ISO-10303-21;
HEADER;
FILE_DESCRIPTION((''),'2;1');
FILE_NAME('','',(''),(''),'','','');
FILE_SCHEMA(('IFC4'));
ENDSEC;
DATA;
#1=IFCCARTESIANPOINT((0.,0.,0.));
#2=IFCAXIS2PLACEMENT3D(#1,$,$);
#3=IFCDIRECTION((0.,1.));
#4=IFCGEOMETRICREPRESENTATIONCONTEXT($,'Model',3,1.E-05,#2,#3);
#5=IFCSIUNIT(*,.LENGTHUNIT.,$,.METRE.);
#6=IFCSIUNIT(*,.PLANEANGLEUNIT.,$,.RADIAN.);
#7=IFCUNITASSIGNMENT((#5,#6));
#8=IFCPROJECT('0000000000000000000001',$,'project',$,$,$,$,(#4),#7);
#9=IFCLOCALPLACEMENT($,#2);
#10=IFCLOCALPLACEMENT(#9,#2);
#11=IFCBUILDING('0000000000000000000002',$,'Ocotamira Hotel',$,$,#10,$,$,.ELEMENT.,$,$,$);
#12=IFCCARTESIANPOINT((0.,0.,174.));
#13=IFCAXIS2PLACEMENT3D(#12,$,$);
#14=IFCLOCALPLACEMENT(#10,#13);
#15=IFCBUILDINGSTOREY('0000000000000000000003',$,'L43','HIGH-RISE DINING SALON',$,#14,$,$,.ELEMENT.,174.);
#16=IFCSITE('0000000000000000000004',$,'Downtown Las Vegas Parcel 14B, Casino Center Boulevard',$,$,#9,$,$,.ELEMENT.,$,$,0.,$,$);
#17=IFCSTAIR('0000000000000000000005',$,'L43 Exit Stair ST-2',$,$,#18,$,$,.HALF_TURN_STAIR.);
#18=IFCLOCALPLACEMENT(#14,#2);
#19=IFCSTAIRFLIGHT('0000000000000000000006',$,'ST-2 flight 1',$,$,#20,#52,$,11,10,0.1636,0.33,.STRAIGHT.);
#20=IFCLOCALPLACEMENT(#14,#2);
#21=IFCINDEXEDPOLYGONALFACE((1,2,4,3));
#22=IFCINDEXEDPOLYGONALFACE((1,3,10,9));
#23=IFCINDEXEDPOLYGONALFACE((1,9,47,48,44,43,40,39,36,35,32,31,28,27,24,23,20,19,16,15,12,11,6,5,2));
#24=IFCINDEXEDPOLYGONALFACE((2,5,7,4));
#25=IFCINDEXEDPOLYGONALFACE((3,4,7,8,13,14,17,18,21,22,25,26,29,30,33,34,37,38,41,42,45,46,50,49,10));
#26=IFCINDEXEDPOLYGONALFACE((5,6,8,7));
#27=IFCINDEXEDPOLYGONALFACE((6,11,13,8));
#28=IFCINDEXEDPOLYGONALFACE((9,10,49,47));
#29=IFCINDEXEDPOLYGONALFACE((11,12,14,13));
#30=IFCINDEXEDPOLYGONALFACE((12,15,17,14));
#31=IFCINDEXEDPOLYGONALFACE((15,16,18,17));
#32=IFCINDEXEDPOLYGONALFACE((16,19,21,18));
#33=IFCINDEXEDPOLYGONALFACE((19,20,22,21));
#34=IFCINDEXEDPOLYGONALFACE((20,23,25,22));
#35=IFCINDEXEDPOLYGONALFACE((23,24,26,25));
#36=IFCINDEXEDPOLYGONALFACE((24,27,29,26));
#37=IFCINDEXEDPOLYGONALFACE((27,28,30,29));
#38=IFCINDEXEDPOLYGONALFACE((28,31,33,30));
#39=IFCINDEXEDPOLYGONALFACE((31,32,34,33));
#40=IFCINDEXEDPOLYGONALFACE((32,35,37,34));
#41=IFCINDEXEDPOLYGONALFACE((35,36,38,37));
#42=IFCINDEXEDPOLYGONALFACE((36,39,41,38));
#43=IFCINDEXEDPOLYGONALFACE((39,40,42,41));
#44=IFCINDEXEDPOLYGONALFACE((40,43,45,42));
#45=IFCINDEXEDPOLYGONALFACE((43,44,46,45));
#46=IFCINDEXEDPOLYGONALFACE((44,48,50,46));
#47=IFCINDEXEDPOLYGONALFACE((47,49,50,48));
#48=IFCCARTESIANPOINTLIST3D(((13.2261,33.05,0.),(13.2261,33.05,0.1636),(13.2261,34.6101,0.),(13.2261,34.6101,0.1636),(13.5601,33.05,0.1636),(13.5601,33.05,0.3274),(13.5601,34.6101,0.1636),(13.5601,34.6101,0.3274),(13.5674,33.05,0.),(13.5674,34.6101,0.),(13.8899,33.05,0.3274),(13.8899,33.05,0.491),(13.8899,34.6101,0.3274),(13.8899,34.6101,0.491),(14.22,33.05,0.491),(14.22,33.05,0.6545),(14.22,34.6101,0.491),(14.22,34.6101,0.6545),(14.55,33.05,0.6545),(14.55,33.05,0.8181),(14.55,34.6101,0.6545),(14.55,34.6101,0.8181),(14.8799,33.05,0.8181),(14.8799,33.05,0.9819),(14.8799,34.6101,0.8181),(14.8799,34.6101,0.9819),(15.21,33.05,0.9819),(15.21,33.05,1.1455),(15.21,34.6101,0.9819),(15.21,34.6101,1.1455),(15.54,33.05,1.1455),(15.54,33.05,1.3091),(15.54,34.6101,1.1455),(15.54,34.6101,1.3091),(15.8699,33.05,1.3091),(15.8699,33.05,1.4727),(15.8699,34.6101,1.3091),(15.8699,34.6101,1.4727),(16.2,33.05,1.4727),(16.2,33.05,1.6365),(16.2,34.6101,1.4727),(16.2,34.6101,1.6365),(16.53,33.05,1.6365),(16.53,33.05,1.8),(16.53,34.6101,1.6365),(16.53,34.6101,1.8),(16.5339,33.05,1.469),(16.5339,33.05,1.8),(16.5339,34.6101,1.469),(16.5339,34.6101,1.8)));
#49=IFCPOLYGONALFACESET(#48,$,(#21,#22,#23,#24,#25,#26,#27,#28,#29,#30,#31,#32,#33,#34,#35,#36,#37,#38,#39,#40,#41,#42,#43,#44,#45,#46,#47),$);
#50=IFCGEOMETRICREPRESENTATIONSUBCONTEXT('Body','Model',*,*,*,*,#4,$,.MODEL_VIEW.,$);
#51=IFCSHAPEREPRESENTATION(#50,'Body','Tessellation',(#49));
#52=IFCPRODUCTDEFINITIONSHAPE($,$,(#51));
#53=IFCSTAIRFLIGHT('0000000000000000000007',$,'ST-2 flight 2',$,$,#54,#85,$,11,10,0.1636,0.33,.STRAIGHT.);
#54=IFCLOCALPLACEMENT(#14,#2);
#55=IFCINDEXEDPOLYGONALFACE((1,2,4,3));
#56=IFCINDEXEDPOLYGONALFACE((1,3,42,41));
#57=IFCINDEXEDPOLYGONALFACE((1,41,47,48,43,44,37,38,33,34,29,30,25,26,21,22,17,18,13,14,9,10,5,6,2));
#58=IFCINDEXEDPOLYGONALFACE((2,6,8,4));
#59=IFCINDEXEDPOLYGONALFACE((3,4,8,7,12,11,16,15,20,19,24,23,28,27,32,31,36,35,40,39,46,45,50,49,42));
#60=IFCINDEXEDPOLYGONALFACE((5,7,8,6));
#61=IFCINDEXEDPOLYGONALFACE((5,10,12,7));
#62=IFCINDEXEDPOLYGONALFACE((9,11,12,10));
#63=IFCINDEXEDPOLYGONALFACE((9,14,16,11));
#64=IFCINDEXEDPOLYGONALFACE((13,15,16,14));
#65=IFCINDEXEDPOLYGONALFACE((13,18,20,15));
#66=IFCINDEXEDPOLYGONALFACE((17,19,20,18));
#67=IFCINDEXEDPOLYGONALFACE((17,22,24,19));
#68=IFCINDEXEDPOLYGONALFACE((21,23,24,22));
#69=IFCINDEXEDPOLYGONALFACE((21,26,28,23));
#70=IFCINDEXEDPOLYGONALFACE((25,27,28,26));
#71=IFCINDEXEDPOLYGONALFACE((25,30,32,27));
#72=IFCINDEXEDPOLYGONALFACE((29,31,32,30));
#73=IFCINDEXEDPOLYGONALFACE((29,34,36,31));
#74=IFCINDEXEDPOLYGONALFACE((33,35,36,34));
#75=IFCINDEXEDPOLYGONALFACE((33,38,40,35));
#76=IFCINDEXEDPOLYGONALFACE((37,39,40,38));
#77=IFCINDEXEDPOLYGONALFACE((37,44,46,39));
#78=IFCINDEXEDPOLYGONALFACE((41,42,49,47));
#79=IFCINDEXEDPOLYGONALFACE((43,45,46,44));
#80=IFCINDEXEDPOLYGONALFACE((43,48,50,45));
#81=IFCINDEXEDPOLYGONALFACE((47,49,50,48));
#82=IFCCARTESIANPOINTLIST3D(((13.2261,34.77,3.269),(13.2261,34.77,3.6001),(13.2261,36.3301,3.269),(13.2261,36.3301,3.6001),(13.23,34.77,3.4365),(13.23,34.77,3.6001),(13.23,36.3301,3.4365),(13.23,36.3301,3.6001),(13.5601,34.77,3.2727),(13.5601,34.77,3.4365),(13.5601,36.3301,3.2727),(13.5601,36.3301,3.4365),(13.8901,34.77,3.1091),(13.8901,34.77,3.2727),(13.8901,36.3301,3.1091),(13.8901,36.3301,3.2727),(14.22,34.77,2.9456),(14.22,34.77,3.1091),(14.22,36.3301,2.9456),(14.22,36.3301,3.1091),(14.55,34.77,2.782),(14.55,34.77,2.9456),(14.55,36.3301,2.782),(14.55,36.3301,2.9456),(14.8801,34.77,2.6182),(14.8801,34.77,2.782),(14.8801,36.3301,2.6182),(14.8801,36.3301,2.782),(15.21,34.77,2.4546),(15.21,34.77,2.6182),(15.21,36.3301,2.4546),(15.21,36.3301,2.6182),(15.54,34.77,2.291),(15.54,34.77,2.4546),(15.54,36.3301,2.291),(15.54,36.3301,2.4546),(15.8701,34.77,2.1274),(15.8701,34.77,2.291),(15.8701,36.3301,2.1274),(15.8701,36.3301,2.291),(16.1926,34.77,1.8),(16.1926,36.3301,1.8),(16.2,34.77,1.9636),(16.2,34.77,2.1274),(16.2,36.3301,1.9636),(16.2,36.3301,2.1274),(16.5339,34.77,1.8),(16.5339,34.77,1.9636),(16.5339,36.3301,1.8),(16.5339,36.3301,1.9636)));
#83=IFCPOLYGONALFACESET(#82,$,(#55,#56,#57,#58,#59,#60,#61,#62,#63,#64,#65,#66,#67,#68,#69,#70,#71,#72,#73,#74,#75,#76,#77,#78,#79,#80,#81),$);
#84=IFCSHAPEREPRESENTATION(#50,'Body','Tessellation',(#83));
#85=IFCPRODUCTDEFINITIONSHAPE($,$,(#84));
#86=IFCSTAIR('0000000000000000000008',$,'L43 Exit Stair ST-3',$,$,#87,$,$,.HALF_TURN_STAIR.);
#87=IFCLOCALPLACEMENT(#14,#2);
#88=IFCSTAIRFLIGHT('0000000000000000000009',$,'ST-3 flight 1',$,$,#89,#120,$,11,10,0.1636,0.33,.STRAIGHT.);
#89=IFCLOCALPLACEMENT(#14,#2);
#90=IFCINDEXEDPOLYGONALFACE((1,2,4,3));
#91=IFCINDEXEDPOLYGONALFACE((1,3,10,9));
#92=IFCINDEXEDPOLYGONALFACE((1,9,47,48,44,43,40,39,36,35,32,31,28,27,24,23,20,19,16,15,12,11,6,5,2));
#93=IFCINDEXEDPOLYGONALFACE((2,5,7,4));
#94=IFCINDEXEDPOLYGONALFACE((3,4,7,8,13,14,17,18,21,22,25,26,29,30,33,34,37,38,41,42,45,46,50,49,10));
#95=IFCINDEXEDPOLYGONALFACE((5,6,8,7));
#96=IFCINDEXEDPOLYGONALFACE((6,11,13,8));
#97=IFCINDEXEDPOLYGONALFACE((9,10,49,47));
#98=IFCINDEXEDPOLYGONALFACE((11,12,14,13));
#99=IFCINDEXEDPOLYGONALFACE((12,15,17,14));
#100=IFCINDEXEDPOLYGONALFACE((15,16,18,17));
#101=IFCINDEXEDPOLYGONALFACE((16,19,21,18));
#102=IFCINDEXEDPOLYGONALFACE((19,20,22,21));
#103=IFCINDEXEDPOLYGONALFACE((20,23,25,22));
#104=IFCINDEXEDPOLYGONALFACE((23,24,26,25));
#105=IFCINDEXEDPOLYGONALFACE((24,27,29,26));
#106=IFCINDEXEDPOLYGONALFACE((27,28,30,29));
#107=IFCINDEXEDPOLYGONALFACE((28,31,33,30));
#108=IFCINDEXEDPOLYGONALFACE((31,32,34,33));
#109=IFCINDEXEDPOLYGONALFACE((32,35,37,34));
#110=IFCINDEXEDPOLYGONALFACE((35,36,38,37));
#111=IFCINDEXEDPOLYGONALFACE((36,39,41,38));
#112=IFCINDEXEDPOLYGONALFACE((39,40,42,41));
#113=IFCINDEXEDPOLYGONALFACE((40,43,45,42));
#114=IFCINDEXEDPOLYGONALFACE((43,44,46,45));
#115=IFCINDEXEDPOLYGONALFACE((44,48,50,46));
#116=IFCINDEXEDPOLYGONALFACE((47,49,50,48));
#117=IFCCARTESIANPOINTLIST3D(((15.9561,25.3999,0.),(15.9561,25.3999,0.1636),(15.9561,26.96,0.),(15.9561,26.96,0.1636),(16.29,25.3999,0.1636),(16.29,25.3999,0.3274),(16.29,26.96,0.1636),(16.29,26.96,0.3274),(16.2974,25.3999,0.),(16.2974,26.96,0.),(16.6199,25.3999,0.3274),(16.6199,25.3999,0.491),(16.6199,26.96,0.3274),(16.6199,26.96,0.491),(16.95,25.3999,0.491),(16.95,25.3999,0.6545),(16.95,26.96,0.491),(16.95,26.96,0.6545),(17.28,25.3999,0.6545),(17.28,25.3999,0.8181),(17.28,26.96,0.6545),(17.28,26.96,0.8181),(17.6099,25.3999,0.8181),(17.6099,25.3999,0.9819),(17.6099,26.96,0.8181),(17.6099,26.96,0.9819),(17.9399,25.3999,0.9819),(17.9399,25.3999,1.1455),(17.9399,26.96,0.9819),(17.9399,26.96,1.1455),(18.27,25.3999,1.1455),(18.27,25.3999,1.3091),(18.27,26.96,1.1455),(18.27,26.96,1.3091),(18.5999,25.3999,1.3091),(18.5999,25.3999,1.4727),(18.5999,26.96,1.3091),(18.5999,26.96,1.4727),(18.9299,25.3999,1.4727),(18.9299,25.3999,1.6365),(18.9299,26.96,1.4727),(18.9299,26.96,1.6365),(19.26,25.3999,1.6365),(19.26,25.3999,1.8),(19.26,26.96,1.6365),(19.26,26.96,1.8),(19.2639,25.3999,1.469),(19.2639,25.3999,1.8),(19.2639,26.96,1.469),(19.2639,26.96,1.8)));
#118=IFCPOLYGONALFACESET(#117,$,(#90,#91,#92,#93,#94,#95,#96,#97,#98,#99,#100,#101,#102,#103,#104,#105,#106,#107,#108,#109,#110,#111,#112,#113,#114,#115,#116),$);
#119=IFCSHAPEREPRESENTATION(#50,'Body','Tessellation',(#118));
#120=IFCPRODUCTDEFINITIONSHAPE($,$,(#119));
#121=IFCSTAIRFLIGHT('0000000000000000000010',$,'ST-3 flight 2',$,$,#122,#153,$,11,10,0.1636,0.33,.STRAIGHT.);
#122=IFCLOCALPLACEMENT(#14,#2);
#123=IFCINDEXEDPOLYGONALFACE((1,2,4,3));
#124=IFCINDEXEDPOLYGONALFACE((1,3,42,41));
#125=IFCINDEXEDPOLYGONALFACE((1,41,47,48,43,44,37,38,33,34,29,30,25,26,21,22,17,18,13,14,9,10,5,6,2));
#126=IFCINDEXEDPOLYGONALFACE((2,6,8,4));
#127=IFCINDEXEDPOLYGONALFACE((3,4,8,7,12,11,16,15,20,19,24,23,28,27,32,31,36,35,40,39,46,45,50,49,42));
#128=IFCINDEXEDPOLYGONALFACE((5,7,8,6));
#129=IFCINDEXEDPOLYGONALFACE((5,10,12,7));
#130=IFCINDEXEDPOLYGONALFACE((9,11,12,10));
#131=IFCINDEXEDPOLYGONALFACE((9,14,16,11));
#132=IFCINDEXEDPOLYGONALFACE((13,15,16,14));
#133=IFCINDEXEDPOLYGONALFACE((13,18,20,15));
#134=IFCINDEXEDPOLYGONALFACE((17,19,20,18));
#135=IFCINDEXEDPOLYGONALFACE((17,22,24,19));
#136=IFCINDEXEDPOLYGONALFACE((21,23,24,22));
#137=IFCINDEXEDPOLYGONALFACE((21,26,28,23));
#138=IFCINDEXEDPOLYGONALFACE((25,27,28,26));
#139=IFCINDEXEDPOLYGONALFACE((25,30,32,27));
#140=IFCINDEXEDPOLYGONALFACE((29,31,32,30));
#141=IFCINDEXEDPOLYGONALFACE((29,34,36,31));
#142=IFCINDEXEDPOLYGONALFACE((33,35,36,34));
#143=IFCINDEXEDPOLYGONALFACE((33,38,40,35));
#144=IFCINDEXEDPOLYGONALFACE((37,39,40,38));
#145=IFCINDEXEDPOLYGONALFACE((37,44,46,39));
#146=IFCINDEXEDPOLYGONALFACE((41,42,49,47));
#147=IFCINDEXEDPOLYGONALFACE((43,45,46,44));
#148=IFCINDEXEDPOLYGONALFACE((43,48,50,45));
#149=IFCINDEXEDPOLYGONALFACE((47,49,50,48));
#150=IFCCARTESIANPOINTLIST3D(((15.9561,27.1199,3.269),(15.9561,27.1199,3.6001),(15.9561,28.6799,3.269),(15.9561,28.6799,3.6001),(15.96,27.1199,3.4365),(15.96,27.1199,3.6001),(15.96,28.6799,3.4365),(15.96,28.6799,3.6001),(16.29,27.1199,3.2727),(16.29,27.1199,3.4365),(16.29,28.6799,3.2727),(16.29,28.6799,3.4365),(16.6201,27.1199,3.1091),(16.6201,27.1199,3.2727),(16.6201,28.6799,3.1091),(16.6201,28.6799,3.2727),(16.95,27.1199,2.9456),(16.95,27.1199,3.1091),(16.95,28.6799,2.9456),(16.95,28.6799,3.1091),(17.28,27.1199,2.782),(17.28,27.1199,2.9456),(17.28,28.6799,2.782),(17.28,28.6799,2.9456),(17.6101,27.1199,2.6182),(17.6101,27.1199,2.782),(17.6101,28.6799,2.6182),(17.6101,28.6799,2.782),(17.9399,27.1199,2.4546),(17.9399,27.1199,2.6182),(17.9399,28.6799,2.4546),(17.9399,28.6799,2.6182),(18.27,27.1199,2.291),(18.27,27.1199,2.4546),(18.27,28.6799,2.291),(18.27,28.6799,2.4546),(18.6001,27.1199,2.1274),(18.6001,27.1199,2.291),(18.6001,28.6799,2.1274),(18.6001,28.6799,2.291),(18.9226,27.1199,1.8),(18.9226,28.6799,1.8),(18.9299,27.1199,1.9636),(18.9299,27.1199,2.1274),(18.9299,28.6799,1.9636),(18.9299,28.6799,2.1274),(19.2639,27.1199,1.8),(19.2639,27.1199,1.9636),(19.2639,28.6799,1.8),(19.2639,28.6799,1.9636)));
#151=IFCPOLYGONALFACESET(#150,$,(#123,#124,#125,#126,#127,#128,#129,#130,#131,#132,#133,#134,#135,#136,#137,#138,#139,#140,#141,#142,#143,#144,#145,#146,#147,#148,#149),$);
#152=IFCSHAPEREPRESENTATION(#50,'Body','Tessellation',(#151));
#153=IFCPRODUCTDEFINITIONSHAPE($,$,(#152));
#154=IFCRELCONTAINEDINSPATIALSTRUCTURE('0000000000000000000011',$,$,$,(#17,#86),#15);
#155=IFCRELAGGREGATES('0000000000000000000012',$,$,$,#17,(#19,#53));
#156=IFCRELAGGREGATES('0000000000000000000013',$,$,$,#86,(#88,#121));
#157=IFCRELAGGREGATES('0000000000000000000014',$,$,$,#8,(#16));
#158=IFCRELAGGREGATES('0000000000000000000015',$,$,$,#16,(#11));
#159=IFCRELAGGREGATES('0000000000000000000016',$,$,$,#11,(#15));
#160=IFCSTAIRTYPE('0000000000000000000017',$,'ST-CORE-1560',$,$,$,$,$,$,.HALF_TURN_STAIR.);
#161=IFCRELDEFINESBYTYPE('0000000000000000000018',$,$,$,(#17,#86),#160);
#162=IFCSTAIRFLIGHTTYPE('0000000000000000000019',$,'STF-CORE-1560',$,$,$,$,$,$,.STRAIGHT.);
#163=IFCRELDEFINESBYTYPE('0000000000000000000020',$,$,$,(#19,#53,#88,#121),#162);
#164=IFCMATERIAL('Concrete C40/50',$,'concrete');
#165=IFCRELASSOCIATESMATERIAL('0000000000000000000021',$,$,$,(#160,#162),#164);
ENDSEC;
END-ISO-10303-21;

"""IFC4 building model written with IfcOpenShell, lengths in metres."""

from ifc_helpers import new_model, si_unit, direction, frame, origin, place, context, subcontext, project, spatial, polyline, outline, extrude, source, transform, mapped, material, type_object, element, aggregate, save


model = new_model("IFC4")

# Units and contexts
model_context = context("Model", 3, precision=1e-05, world=origin(), true_north=direction((0.0, 1.0)))
body_context = subcontext(model_context, "Body", "Model", "MODEL_VIEW")
ifc_project = project(units=[si_unit("LENGTHUNIT", "METRE"), si_unit("PLANEANGLEUNIT", "RADIAN")], contexts=[model_context])

# Site, building, storey
site_placement = place(None, origin())
site = spatial("IfcSite", under=ifc_project, at=site_placement, Name="Downtown Las Vegas Parcel 14B, Casino Center Boulevard", CompositionType="ELEMENT", RefElevation=0.0)
building_placement = place(site_placement, origin())
building = spatial("IfcBuilding", under=site, at=building_placement, Name="Ocotamira Hotel", CompositionType="ELEMENT")
storey_placement = place(building_placement, frame((0.0, 0.0, 174.0)))
storey = spatial("IfcBuildingStorey", under=building, at=storey_placement, Name="L43", Description="HIGH-RISE DINING SALON", CompositionType="ELEMENT", Elevation=174.0)

# Stairs, stair flights
ifc_material_1 = material(Name="Concrete C40/50", Category="concrete")
stair_type = type_object("IfcStairType", Name="ST-CORE-1560", PredefinedType="HALF_TURN_STAIR", material=ifc_material_1)
stair_1_placement = place(storey_placement, origin())
stair_1 = element("IfcStair", 1, at=stair_1_placement, inside=storey, type_object=stair_type, Name="L43 Exit Stair ST-2", PredefinedType="HALF_TURN_STAIR")
stair_flight_type = type_object("IfcStairFlightType", Name="STF-CORE-1560", PredefinedType="STRAIGHT", material=ifc_material_1)
shared_shape_1 = source(origin(), body_context, "Body", "SweptSolid", [
    extrude(outline(polyline([(-0.0039, 0.0), (-0.0039, 0.1636), (0.3301, 0.1636), (0.3301, 0.3274), (0.6599, 0.3274), (0.6599, 0.491), (0.99, 0.491), (0.99, 0.6545), (1.3201, 0.6545), (1.3201, 0.8181), (1.6499, 0.8181), (1.6499, 0.9819), (1.98, 0.9819), (1.98, 1.1455), (2.3101, 1.1455), (2.3101, 1.3091), (2.6399, 1.3091), (2.6399, 1.4727), (2.97, 1.4727), (2.97, 1.6365), (3.3, 1.6365), (3.3, 1.8), (3.304, 1.8), (3.304, 1.469), (0.3374, 0.0), (-0.0039, 0.0)])), frame((0.0, 0.78, 0.0), z_axis=(0.0, -1.0, 0.0), x_axis=(1.0, 0.0, 0.0)), (0.0, 0.0, 1.0), 1.5601),
])
stair_flight_1_placement = place(storey_placement, frame((13.23, 33.8301, 0.0), z_axis=(0.0, 0.0, 1.0), x_axis=(1.0, 0.0, 0.0)))
stair_flight_1 = element("IfcStairFlight", 2, at=stair_flight_1_placement, type_object=stair_flight_type, Name="ST-2 flight 1", NumberOfRisers=11, NumberOfTreads=10, PredefinedType="STRAIGHT", RiserHeight=0.1636, TreadLength=0.33, context=body_context, shape_type="MappedRepresentation", body=[
    mapped(shared_shape_1, transform((0.0, 0.0, 0.0), scale=1.0)),
])
stair_flight_2_placement = place(storey_placement, frame((16.53, 35.55, 1.8), z_axis=(0.0, 0.0, 1.0), x_axis=(-1.0, 0.0, 0.0)))
stair_flight_2 = element("IfcStairFlight", 3, at=stair_flight_2_placement, type_object=stair_flight_type, Name="ST-2 flight 2", NumberOfRisers=11, NumberOfTreads=10, PredefinedType="STRAIGHT", RiserHeight=0.1636, TreadLength=0.33, context=body_context, shape_type="MappedRepresentation", body=[
    mapped(shared_shape_1, transform((0.0, 0.0, 0.0), scale=1.0)),
])
aggregate(stair_1, [stair_flight_1, stair_flight_2])
stair_2_placement = place(storey_placement, origin())
stair_2 = element("IfcStair", 4, at=stair_2_placement, inside=storey, type_object=stair_type, Name="L43 Exit Stair ST-3", PredefinedType="HALF_TURN_STAIR")
stair_flight_3_placement = place(storey_placement, frame((15.96, 26.1799, 0.0), z_axis=(0.0, 0.0, 1.0), x_axis=(1.0, 0.0, 0.0)))
stair_flight_3 = element("IfcStairFlight", 5, at=stair_flight_3_placement, type_object=stair_flight_type, Name="ST-3 flight 1", NumberOfRisers=11, NumberOfTreads=10, PredefinedType="STRAIGHT", RiserHeight=0.1636, TreadLength=0.33, context=body_context, shape_type="MappedRepresentation", body=[
    mapped(shared_shape_1, transform((0.0, 0.0, 0.0), scale=1.0)),
])
stair_flight_4_placement = place(storey_placement, frame((19.26, 27.8999, 1.8), z_axis=(0.0, 0.0, 1.0), x_axis=(-1.0, 0.0, 0.0)))
stair_flight_4 = element("IfcStairFlight", 6, at=stair_flight_4_placement, type_object=stair_flight_type, Name="ST-3 flight 2", NumberOfRisers=11, NumberOfTreads=10, PredefinedType="STRAIGHT", RiserHeight=0.1636, TreadLength=0.33, context=body_context, shape_type="MappedRepresentation", body=[
    mapped(shared_shape_1, transform((0.0, 0.0, 0.0), scale=1.0)),
])
aggregate(stair_2, [stair_flight_3, stair_flight_4])

save(model, "model.ifc")
